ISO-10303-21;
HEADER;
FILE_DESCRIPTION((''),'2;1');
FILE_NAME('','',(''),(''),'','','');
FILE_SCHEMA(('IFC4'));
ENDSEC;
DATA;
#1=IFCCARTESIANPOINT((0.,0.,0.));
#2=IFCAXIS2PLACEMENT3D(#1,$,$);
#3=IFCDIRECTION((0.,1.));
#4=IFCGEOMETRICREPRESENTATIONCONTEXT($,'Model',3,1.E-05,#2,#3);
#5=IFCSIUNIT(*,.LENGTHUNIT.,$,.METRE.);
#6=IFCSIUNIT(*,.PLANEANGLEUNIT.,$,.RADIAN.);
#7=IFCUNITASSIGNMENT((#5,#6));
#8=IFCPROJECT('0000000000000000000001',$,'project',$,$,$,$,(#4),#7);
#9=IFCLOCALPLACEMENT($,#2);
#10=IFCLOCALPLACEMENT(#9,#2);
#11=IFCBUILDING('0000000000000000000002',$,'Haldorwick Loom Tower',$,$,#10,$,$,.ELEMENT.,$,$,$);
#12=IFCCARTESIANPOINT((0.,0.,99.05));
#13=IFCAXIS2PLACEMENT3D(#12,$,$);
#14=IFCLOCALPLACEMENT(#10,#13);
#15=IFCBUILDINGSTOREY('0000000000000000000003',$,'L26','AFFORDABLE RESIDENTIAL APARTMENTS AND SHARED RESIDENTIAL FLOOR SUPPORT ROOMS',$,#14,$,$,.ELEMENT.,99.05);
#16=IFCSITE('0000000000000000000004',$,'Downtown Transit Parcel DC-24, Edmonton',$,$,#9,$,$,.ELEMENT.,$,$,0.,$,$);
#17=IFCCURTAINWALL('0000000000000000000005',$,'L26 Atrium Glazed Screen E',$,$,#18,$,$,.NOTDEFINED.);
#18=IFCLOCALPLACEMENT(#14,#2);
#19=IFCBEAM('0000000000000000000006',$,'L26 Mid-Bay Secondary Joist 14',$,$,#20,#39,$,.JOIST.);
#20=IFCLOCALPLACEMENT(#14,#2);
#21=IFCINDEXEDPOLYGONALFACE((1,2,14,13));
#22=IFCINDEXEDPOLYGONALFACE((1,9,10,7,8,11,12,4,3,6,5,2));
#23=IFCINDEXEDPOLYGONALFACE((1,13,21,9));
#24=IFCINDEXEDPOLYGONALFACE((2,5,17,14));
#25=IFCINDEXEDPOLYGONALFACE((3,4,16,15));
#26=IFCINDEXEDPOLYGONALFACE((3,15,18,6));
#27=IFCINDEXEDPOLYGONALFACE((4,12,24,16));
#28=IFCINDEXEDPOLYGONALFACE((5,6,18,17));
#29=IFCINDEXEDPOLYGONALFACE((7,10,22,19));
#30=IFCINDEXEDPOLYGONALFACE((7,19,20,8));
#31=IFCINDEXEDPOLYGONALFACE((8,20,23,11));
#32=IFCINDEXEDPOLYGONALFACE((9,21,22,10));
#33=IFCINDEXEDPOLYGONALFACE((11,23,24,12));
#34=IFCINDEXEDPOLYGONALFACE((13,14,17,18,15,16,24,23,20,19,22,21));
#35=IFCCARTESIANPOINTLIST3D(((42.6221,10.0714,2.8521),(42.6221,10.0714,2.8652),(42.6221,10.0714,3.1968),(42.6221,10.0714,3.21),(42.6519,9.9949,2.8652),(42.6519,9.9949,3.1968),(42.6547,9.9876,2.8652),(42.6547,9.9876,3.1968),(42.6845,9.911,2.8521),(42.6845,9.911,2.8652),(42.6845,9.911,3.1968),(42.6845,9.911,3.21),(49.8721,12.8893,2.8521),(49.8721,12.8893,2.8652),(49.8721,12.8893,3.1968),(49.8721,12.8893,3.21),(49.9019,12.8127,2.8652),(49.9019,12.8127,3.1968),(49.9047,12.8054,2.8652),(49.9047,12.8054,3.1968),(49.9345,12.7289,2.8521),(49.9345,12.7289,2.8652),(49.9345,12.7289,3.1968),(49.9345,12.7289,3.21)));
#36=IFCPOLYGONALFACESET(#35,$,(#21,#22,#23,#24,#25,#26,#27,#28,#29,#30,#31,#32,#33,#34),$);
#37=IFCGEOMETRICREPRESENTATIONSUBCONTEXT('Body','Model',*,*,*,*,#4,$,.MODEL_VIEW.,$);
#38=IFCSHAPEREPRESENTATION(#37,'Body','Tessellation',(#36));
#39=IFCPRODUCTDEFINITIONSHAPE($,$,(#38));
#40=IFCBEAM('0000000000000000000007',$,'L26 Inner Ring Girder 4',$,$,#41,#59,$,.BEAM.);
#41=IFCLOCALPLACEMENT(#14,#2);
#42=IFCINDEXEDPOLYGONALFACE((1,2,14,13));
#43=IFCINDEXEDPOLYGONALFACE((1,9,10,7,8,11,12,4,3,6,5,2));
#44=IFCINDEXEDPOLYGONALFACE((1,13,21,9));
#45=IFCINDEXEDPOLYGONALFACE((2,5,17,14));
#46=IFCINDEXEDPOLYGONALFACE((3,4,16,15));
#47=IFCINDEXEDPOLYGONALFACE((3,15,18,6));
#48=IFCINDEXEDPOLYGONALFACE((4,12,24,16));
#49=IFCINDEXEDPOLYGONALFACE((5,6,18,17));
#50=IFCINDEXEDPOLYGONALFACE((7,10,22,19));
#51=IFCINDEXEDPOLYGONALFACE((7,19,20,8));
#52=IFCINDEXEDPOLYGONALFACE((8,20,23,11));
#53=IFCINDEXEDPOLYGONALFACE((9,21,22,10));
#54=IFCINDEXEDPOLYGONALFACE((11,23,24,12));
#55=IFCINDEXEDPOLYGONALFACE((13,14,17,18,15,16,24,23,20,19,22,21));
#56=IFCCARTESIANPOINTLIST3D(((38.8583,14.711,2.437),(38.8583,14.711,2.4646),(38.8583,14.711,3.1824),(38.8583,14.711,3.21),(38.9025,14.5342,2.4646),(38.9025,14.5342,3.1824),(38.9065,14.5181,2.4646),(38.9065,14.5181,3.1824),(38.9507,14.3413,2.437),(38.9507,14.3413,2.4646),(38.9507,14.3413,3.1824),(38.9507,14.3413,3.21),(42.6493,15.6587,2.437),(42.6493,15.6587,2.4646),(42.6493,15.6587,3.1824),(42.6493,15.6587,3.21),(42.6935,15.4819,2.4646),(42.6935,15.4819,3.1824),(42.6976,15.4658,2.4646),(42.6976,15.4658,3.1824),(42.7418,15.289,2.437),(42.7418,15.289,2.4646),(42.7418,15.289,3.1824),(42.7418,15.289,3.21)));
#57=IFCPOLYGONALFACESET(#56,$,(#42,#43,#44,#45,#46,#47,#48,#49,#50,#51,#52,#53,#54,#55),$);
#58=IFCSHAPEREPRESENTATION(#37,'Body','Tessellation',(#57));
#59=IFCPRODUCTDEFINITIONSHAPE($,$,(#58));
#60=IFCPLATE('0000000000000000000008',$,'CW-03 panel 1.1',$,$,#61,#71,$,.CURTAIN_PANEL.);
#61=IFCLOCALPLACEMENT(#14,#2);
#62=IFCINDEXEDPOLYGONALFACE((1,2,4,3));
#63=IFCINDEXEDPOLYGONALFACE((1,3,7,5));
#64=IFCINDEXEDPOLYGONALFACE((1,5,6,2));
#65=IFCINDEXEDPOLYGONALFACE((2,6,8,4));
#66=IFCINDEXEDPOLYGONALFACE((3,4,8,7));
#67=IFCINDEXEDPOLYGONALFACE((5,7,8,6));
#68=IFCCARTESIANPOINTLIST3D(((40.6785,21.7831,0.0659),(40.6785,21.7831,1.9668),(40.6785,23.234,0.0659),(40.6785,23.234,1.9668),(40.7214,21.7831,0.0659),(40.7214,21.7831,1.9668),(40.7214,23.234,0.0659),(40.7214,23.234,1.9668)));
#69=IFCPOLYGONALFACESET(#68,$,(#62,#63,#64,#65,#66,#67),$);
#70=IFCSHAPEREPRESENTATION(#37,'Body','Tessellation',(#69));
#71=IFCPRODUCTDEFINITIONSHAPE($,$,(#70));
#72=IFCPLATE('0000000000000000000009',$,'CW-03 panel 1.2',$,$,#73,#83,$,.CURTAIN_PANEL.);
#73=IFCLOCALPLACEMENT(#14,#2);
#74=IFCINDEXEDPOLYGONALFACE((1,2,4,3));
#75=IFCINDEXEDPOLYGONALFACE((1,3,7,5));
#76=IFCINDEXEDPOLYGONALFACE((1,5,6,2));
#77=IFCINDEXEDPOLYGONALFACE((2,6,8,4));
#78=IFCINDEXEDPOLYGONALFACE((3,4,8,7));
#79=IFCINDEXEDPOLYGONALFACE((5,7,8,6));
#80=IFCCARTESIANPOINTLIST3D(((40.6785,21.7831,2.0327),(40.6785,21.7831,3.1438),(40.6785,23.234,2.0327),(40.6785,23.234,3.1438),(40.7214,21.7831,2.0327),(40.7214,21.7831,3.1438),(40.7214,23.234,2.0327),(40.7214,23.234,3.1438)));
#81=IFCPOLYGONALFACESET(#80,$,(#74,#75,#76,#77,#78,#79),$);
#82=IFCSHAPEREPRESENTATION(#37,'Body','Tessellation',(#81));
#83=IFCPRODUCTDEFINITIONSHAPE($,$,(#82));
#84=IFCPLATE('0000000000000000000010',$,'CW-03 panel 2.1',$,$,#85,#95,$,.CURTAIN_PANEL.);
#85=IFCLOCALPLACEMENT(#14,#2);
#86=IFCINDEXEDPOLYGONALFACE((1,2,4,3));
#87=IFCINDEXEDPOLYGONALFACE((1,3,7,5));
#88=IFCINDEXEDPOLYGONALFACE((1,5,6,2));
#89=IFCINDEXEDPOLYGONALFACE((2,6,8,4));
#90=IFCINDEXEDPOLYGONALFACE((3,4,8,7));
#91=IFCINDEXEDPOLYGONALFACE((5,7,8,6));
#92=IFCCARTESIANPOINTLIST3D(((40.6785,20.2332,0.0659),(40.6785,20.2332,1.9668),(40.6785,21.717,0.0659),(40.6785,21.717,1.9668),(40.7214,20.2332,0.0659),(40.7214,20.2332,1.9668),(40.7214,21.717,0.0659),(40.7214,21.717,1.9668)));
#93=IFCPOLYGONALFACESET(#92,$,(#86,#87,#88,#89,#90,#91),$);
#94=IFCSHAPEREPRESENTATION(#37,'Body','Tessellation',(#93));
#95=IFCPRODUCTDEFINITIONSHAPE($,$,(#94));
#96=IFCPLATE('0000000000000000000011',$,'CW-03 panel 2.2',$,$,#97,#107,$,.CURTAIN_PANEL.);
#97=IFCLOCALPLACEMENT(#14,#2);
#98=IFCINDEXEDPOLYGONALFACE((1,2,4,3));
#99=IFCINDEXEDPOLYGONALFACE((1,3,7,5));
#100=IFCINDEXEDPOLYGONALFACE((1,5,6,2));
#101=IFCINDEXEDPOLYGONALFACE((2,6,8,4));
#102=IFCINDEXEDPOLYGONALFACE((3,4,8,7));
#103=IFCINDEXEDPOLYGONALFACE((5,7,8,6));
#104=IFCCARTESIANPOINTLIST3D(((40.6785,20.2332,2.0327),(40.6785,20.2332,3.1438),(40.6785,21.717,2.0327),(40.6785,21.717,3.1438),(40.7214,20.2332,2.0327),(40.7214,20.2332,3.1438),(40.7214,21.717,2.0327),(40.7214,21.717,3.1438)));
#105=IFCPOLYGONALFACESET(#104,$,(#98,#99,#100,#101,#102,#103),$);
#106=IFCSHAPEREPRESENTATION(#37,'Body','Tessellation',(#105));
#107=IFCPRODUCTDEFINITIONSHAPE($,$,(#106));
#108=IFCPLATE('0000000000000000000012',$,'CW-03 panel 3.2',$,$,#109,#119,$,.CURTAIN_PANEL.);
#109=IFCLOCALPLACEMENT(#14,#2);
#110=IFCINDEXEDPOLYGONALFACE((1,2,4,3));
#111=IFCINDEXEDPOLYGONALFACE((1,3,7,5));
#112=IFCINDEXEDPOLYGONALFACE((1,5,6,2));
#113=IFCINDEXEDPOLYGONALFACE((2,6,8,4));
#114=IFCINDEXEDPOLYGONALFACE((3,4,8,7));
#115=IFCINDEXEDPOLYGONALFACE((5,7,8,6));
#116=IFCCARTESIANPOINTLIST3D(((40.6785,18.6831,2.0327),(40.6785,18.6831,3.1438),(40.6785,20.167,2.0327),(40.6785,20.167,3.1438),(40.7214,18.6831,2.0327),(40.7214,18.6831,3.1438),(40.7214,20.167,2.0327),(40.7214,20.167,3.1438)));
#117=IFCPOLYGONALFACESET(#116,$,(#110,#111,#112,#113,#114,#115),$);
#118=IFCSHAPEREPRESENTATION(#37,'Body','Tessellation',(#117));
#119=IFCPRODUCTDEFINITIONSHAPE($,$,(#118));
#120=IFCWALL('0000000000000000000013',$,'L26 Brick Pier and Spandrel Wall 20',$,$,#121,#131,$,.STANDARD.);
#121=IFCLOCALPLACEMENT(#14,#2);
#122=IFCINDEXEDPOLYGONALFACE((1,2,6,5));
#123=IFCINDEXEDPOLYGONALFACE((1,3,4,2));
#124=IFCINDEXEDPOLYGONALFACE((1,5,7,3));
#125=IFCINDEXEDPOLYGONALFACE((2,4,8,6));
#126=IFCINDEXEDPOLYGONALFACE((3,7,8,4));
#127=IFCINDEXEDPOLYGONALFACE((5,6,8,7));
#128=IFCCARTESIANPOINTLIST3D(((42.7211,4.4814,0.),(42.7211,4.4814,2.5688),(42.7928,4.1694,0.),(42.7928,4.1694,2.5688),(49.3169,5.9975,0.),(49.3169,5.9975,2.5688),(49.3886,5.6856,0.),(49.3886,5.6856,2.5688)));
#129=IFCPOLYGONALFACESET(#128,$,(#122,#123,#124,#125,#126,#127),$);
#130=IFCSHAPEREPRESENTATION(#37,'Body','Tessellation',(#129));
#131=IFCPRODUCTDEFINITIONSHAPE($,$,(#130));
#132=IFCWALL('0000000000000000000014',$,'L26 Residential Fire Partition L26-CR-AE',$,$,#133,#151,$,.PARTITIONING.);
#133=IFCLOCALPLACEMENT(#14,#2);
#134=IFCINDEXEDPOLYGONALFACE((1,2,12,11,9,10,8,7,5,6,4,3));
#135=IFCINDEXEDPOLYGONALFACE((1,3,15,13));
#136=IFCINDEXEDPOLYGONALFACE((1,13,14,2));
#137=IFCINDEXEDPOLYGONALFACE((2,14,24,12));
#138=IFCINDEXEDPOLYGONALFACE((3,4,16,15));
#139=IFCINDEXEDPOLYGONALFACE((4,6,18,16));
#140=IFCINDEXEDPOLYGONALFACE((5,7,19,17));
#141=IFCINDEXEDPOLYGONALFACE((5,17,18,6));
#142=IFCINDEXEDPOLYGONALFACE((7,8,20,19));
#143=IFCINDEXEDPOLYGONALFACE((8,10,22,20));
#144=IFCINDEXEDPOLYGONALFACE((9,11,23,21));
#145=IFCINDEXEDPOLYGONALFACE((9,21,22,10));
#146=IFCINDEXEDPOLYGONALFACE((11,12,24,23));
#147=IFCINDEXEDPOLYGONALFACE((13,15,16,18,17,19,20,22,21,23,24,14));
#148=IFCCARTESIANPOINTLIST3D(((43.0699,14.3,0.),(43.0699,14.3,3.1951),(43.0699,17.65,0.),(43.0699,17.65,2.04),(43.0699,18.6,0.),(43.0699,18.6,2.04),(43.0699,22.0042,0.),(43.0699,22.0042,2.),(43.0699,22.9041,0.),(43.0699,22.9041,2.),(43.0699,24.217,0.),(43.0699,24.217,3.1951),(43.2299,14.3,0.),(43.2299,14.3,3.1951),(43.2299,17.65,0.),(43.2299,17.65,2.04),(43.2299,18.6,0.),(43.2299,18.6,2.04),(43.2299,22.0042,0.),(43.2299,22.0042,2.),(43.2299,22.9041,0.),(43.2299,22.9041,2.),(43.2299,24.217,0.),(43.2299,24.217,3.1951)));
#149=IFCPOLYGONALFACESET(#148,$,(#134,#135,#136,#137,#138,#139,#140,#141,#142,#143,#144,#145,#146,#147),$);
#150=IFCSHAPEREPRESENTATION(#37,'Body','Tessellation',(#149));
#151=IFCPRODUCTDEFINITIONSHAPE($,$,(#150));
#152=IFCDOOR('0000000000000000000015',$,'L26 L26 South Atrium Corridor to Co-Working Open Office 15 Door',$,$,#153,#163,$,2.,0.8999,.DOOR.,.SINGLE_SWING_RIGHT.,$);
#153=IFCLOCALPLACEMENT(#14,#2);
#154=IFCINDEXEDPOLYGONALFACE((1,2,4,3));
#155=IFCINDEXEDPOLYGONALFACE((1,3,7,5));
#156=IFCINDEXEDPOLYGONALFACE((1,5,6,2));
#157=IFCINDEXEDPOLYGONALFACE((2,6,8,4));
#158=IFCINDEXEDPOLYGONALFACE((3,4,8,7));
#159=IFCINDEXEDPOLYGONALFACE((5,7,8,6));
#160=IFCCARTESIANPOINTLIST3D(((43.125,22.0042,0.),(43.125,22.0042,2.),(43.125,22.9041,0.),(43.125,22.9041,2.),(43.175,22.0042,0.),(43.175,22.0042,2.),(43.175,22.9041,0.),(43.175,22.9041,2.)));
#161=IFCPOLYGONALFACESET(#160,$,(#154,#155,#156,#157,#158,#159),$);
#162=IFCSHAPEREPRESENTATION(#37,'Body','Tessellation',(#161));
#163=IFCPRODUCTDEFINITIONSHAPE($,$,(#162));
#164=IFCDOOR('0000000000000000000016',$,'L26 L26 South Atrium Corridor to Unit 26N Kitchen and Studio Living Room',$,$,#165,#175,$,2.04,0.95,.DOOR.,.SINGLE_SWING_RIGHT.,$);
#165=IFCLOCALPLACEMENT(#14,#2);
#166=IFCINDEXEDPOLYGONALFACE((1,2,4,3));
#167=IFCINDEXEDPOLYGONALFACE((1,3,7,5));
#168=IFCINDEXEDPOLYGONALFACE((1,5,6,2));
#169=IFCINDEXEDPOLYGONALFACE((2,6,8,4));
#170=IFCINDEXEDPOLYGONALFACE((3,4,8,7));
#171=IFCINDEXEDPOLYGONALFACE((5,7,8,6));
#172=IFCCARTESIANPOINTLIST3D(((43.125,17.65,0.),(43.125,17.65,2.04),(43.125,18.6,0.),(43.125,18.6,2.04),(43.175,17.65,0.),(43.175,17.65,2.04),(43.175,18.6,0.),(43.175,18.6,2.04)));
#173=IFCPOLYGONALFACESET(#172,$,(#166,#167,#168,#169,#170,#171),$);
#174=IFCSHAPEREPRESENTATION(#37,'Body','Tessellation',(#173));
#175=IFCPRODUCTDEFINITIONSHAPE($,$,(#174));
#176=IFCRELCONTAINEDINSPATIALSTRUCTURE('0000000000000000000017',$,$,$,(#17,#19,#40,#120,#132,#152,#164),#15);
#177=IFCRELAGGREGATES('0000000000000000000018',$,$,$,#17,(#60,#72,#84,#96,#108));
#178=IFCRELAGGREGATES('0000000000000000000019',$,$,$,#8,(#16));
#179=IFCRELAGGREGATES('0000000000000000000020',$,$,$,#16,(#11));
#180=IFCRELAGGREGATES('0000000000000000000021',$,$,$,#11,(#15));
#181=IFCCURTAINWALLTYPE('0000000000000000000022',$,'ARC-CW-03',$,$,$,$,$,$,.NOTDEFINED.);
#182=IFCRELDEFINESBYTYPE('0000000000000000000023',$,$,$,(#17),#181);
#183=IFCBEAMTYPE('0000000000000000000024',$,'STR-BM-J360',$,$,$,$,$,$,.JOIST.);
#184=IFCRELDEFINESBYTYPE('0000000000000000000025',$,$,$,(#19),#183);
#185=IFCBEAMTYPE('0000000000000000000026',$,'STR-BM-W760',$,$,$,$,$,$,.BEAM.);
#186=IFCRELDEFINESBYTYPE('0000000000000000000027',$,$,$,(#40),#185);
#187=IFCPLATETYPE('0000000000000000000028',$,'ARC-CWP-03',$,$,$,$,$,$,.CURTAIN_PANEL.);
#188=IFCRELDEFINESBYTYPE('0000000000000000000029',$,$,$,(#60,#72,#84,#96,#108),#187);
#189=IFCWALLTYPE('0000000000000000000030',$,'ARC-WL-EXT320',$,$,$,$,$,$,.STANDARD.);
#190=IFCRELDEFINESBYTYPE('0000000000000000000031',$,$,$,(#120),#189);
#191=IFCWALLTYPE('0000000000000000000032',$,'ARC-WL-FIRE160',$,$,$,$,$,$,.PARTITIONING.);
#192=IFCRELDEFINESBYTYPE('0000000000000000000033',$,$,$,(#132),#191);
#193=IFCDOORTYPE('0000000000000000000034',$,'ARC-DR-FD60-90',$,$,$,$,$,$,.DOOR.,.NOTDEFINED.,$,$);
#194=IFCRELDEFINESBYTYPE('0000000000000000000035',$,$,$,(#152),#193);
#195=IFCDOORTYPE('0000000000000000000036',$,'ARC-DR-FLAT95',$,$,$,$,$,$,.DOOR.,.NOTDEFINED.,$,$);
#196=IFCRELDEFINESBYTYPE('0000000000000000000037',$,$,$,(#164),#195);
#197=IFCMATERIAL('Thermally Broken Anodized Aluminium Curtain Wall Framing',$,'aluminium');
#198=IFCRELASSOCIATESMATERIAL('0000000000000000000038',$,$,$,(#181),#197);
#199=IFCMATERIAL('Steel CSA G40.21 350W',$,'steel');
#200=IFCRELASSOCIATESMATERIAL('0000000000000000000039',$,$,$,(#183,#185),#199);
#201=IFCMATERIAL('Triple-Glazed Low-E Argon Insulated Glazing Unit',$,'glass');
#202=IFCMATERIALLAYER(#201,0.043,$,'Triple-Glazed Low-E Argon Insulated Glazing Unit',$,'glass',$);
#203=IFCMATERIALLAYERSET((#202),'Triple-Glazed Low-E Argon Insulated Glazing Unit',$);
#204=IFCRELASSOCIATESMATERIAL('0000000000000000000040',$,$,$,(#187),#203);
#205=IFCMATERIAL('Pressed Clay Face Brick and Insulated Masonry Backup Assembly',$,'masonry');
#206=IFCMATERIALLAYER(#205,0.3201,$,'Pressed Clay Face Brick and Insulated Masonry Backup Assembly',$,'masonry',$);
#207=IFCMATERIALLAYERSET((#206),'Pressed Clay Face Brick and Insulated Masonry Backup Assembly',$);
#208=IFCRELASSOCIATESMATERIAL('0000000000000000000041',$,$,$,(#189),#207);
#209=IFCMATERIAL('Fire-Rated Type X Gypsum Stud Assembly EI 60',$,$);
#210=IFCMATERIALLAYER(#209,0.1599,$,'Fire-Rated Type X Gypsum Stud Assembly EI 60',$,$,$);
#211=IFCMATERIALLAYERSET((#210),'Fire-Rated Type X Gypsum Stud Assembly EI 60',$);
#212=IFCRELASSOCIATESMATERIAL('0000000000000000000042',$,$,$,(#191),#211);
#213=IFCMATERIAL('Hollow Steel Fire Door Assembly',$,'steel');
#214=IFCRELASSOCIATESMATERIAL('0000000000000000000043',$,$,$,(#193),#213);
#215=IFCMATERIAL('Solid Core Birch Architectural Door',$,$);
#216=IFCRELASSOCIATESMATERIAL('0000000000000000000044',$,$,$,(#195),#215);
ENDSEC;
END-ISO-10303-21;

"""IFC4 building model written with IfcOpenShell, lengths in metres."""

from ifc_helpers import new_model, si_unit, direction, frame, frame_2d, origin, origin_2d, place, context, subcontext, project, spatial, rectangle, i_section, extrude, material, layer, layer_set, material_profile, profile_set, type_object, element, fill, aggregate, save


model = new_model("IFC4")

# Units and contexts
model_context = context("Model", 3, precision=1e-05, world=origin(), true_north=direction((0.0, 1.0)))
body_context = subcontext(model_context, "Body", "Model", "MODEL_VIEW")
ifc_project = project(units=[si_unit("LENGTHUNIT", "METRE"), si_unit("PLANEANGLEUNIT", "RADIAN")], contexts=[model_context])

# Site, building, storey
site_placement = place(None, origin())
site = spatial("IfcSite", under=ifc_project, at=site_placement, Name="Downtown Transit Parcel DC-24, Edmonton", CompositionType="ELEMENT", RefElevation=0.0)
building_placement = place(site_placement, origin())
building = spatial("IfcBuilding", under=site, at=building_placement, Name="Haldorwick Loom Tower", CompositionType="ELEMENT")
storey_placement = place(building_placement, frame((0.0, 0.0, 99.05)))
storey = spatial("IfcBuildingStorey", under=building, at=storey_placement, Name="L26", Description="AFFORDABLE RESIDENTIAL APARTMENTS AND SHARED RESIDENTIAL FLOOR SUPPORT ROOMS", CompositionType="ELEMENT", Elevation=99.05)

# Curtain wall
ifc_material_1 = material(Name="Thermally Broken Anodized Aluminium Curtain Wall Framing", Category="aluminium")
curtain_wall_type = type_object("IfcCurtainWallType", Name="ARC-CW-03", PredefinedType="NOTDEFINED", material=ifc_material_1)
curtain_wall_placement = place(storey_placement, origin())
curtain_wall = element("IfcCurtainWall", 1, at=curtain_wall_placement, inside=storey, type_object=curtain_wall_type, Name="L26 Atrium Glazed Screen E", PredefinedType="NOTDEFINED")

# Beams
ifc_material_2 = material(Name="Steel CSA G40.21 350W", Category="steel")
ifc_material_profile_1 = material_profile(ifc_material_2, i_section(OverallWidth=0.1721, OverallDepth=0.3579, WebThickness=0.0078, FlangeThickness=0.0132, at=origin_2d()), Name="W360X57", Category="steel")
ifc_profile_set_1 = profile_set([ifc_material_profile_1], Name="Steel CSA G40.21 350W")
beam_type_1 = type_object("IfcBeamType", Name="STR-BM-J360", PredefinedType="JOIST", material=ifc_profile_set_1)
beam_1_placement = place(storey_placement, frame((42.6533, 9.9912, 3.031), z_axis=(0.932073, 0.362271, 0.0), x_axis=(-0.362271, 0.932073, 0.0)))
element("IfcBeam", 2, at=beam_1_placement, inside=storey, type_object=beam_type_1, Name="L26 Mid-Bay Secondary Joist 14", PredefinedType="JOIST", context=body_context, shape_type="SweptSolid", body=[
    extrude(i_section(OverallWidth=0.1721, OverallDepth=0.3579, WebThickness=0.0078, FlangeThickness=0.0132, at=origin_2d()), origin(), (0.0, 0.0, 1.0), 7.7783),
])
ifc_material_profile_2 = material_profile(ifc_material_2, i_section(OverallWidth=0.3811, OverallDepth=0.7729, WebThickness=0.0166, FlangeThickness=0.0276, at=origin_2d()), Name="W760X257", Category="steel")
ifc_profile_set_2 = profile_set([ifc_material_profile_2], Name="Steel CSA G40.21 350W")
beam_type_2 = type_object("IfcBeamType", Name="STR-BM-W760", PredefinedType="BEAM", material=ifc_profile_set_2)
beam_2_placement = place(storey_placement, frame((42.6956, 15.4739, 2.8235), z_axis=(-0.970143, -0.242536, 0.0), x_axis=(0.242536, -0.970143, 0.0)))
element("IfcBeam", 3, at=beam_2_placement, inside=storey, type_object=beam_type_2, Name="L26 Inner Ring Girder 4", PredefinedType="BEAM", context=body_context, shape_type="SweptSolid", body=[
    extrude(i_section(OverallWidth=0.3811, OverallDepth=0.7729, WebThickness=0.0166, FlangeThickness=0.0276, at=origin_2d()), origin(), (0.0, 0.0, 1.0), 3.9077),
])

# Plates
ifc_material_3 = material(Name="Triple-Glazed Low-E Argon Insulated Glazing Unit", Category="glass")
ifc_layer_1 = layer(ifc_material_3, 0.043, Name="Triple-Glazed Low-E Argon Insulated Glazing Unit", Category="glass")
ifc_layer_set_1 = layer_set([ifc_layer_1], Name="Triple-Glazed Low-E Argon Insulated Glazing Unit")
plate_type = type_object("IfcPlateType", Name="ARC-CWP-03", PredefinedType="CURTAIN_PANEL", material=ifc_layer_set_1)
plate_1_placement = place(storey_placement, frame((40.7, 22.5085, 0.0659), z_axis=(0.0, 0.0, 1.0), x_axis=(0.0, -1.0, 0.0)))
plate_1 = element("IfcPlate", 4, at=plate_1_placement, type_object=plate_type, Name="CW-03 panel 1.1", PredefinedType="CURTAIN_PANEL", context=body_context, shape_type="SweptSolid", body=[
    extrude(rectangle(XDim=1.4509, YDim=0.043, at=origin_2d()), origin(), (0.0, 0.0, 1.0), 1.9009),
])
plate_2_placement = place(storey_placement, frame((40.7, 22.5085, 2.0327), z_axis=(0.0, 0.0, 1.0), x_axis=(0.0, -1.0, 0.0)))
plate_2 = element("IfcPlate", 5, at=plate_2_placement, type_object=plate_type, Name="CW-03 panel 1.2", PredefinedType="CURTAIN_PANEL", context=body_context, shape_type="SweptSolid", body=[
    extrude(rectangle(XDim=1.4509, YDim=0.043, at=origin_2d()), origin(), (0.0, 0.0, 1.0), 1.1111),
])
plate_3_placement = place(storey_placement, frame((40.7, 20.9751, 0.0659), z_axis=(0.0, 0.0, 1.0), x_axis=(0.0, -1.0, 0.0)))
plate_3 = element("IfcPlate", 6, at=plate_3_placement, type_object=plate_type, Name="CW-03 panel 2.1", PredefinedType="CURTAIN_PANEL", context=body_context, shape_type="SweptSolid", body=[
    extrude(rectangle(XDim=1.4839, YDim=0.043, at=origin_2d()), origin(), (0.0, 0.0, 1.0), 1.9009),
])
plate_4_placement = place(storey_placement, frame((40.7, 20.9751, 2.0327), z_axis=(0.0, 0.0, 1.0), x_axis=(0.0, -1.0, 0.0)))
plate_4 = element("IfcPlate", 7, at=plate_4_placement, type_object=plate_type, Name="CW-03 panel 2.2", PredefinedType="CURTAIN_PANEL", context=body_context, shape_type="SweptSolid", body=[
    extrude(rectangle(XDim=1.4839, YDim=0.043, at=origin_2d()), origin(), (0.0, 0.0, 1.0), 1.1111),
])
plate_5_placement = place(storey_placement, frame((40.7, 19.425, 2.0327), z_axis=(0.0, 0.0, 1.0), x_axis=(0.0, -1.0, 0.0)))
plate_5 = element("IfcPlate", 8, at=plate_5_placement, type_object=plate_type, Name="CW-03 panel 3.2", PredefinedType="CURTAIN_PANEL", context=body_context, shape_type="SweptSolid", body=[
    extrude(rectangle(XDim=1.4839, YDim=0.043, at=origin_2d()), origin(), (0.0, 0.0, 1.0), 1.1111),
])
aggregate(curtain_wall, [plate_1, plate_2, plate_3, plate_4, plate_5])

# Wall
ifc_material_4 = material(Name="Pressed Clay Face Brick and Insulated Masonry Backup Assembly", Category="masonry")
ifc_layer_2 = layer(ifc_material_4, 0.3201, Name="Pressed Clay Face Brick and Insulated Masonry Backup Assembly", Category="masonry")
ifc_layer_set_2 = layer_set([ifc_layer_2], Name="Pressed Clay Face Brick and Insulated Masonry Backup Assembly")
wall_type_1 = type_object("IfcWallType", Name="ARC-WL-EXT320", PredefinedType="STANDARD", material=ifc_layer_set_2)
wall_1_placement = place(storey_placement, frame((42.7571, 4.3254, 0.0), z_axis=(0.0, 0.0, 1.0), x_axis=(0.974584, 0.224022, 0.0)))
element("IfcWall", 9, at=wall_1_placement, inside=storey, type_object=wall_type_1, Name="L26 Brick Pier and Spandrel Wall 20", PredefinedType="STANDARD", context=body_context, shape_type="SweptSolid", body=[
    extrude(rectangle(XDim=6.7678, YDim=0.3201, at=frame_2d((3.3838, 0.0))), origin(), (0.0, 0.0, 1.0), 2.5688),
])

# Wall, openings, doors
ifc_material_5 = material(Name="Fire-Rated Type X Gypsum Stud Assembly EI 60")
ifc_layer_3 = layer(ifc_material_5, 0.1599, Name="Fire-Rated Type X Gypsum Stud Assembly EI 60")
ifc_layer_set_3 = layer_set([ifc_layer_3], Name="Fire-Rated Type X Gypsum Stud Assembly EI 60")
wall_type_2 = type_object("IfcWallType", Name="ARC-WL-FIRE160", PredefinedType="PARTITIONING", material=ifc_layer_set_3)
wall_2_placement = place(storey_placement, frame((43.1499, 14.3, 0.0), z_axis=(0.0, 0.0, 1.0), x_axis=(0.0, 1.0, 0.0)))
wall_2 = element("IfcWall", 10, at=wall_2_placement, inside=storey, type_object=wall_type_2, Name="L26 Residential Fire Partition L26-CR-AE", PredefinedType="PARTITIONING", context=body_context, shape_type="SweptSolid", body=[
    extrude(rectangle(XDim=9.917, YDim=0.1599, at=frame_2d((4.9585, 0.0))), origin(), (0.0, 0.0, 1.0), 3.1951),
])
opening_1_placement = place(wall_2_placement, frame((3.3499, 0.0, 0.0)))
opening_1 = element("IfcOpeningElement", 11, at=opening_1_placement, cuts=wall_2, PredefinedType="OPENING", context=body_context, shape_type="SweptSolid", body=[
    extrude(rectangle(XDim=0.95, YDim=2.04, at=frame_2d((0.4751, 1.02))), frame((0.0, 0.0898, 0.0), z_axis=(0.0, -1.0, 0.0), x_axis=(1.0, 0.0, 0.0)), (0.0, 0.0, 1.0), 0.1799),
])
opening_2_placement = place(wall_2_placement, frame((7.7041, 0.0, 0.0)))
opening_2 = element("IfcOpeningElement", 12, at=opening_2_placement, cuts=wall_2, PredefinedType="OPENING", context=body_context, shape_type="SweptSolid", body=[
    extrude(rectangle(XDim=0.8999, YDim=2.0, at=frame_2d((0.45, 1.0))), frame((0.0, 0.0898, 0.0), z_axis=(0.0, -1.0, 0.0), x_axis=(1.0, 0.0, 0.0)), (0.0, 0.0, 1.0), 0.1799),
])
ifc_material_6 = material(Name="Hollow Steel Fire Door Assembly", Category="steel")
door_type_1 = type_object("IfcDoorType", Name="ARC-DR-FD60-90", OperationType="NOTDEFINED", PredefinedType="DOOR", material=ifc_material_6)
door_1_placement = place(opening_2_placement, origin())
door_1 = element("IfcDoor", 13, at=door_1_placement, inside=storey, type_object=door_type_1, Name="L26 L26 South Atrium Corridor to Co-Working Open Office 15 Door", OperationType="SINGLE_SWING_RIGHT", OverallHeight=2.0, OverallWidth=0.8999, PredefinedType="DOOR", context=body_context, shape_type="SweptSolid", body=[
    extrude(rectangle(XDim=0.8999, YDim=2.0, at=frame_2d((0.45, 1.0))), frame((0.0, 0.0249, 0.0), z_axis=(0.0, -1.0, 0.0), x_axis=(1.0, 0.0, 0.0)), (0.0, 0.0, 1.0), 0.05),
])
fill(opening_2, door_1)
ifc_material_7 = material(Name="Solid Core Birch Architectural Door")
door_type_2 = type_object("IfcDoorType", Name="ARC-DR-FLAT95", OperationType="NOTDEFINED", PredefinedType="DOOR", material=ifc_material_7)
door_2_placement = place(opening_1_placement, origin())
door_2 = element("IfcDoor", 14, at=door_2_placement, inside=storey, type_object=door_type_2, Name="L26 L26 South Atrium Corridor to Unit 26N Kitchen and Studio Living Room", OperationType="SINGLE_SWING_RIGHT", OverallHeight=2.04, OverallWidth=0.95, PredefinedType="DOOR", context=body_context, shape_type="SweptSolid", body=[
    extrude(rectangle(XDim=0.95, YDim=2.04, at=frame_2d((0.4751, 1.02))), frame((0.0, 0.0249, 0.0), z_axis=(0.0, -1.0, 0.0), x_axis=(1.0, 0.0, 0.0)), (0.0, 0.0, 1.0), 0.05),
])
fill(opening_1, door_2)

save(model, "model.ifc")
